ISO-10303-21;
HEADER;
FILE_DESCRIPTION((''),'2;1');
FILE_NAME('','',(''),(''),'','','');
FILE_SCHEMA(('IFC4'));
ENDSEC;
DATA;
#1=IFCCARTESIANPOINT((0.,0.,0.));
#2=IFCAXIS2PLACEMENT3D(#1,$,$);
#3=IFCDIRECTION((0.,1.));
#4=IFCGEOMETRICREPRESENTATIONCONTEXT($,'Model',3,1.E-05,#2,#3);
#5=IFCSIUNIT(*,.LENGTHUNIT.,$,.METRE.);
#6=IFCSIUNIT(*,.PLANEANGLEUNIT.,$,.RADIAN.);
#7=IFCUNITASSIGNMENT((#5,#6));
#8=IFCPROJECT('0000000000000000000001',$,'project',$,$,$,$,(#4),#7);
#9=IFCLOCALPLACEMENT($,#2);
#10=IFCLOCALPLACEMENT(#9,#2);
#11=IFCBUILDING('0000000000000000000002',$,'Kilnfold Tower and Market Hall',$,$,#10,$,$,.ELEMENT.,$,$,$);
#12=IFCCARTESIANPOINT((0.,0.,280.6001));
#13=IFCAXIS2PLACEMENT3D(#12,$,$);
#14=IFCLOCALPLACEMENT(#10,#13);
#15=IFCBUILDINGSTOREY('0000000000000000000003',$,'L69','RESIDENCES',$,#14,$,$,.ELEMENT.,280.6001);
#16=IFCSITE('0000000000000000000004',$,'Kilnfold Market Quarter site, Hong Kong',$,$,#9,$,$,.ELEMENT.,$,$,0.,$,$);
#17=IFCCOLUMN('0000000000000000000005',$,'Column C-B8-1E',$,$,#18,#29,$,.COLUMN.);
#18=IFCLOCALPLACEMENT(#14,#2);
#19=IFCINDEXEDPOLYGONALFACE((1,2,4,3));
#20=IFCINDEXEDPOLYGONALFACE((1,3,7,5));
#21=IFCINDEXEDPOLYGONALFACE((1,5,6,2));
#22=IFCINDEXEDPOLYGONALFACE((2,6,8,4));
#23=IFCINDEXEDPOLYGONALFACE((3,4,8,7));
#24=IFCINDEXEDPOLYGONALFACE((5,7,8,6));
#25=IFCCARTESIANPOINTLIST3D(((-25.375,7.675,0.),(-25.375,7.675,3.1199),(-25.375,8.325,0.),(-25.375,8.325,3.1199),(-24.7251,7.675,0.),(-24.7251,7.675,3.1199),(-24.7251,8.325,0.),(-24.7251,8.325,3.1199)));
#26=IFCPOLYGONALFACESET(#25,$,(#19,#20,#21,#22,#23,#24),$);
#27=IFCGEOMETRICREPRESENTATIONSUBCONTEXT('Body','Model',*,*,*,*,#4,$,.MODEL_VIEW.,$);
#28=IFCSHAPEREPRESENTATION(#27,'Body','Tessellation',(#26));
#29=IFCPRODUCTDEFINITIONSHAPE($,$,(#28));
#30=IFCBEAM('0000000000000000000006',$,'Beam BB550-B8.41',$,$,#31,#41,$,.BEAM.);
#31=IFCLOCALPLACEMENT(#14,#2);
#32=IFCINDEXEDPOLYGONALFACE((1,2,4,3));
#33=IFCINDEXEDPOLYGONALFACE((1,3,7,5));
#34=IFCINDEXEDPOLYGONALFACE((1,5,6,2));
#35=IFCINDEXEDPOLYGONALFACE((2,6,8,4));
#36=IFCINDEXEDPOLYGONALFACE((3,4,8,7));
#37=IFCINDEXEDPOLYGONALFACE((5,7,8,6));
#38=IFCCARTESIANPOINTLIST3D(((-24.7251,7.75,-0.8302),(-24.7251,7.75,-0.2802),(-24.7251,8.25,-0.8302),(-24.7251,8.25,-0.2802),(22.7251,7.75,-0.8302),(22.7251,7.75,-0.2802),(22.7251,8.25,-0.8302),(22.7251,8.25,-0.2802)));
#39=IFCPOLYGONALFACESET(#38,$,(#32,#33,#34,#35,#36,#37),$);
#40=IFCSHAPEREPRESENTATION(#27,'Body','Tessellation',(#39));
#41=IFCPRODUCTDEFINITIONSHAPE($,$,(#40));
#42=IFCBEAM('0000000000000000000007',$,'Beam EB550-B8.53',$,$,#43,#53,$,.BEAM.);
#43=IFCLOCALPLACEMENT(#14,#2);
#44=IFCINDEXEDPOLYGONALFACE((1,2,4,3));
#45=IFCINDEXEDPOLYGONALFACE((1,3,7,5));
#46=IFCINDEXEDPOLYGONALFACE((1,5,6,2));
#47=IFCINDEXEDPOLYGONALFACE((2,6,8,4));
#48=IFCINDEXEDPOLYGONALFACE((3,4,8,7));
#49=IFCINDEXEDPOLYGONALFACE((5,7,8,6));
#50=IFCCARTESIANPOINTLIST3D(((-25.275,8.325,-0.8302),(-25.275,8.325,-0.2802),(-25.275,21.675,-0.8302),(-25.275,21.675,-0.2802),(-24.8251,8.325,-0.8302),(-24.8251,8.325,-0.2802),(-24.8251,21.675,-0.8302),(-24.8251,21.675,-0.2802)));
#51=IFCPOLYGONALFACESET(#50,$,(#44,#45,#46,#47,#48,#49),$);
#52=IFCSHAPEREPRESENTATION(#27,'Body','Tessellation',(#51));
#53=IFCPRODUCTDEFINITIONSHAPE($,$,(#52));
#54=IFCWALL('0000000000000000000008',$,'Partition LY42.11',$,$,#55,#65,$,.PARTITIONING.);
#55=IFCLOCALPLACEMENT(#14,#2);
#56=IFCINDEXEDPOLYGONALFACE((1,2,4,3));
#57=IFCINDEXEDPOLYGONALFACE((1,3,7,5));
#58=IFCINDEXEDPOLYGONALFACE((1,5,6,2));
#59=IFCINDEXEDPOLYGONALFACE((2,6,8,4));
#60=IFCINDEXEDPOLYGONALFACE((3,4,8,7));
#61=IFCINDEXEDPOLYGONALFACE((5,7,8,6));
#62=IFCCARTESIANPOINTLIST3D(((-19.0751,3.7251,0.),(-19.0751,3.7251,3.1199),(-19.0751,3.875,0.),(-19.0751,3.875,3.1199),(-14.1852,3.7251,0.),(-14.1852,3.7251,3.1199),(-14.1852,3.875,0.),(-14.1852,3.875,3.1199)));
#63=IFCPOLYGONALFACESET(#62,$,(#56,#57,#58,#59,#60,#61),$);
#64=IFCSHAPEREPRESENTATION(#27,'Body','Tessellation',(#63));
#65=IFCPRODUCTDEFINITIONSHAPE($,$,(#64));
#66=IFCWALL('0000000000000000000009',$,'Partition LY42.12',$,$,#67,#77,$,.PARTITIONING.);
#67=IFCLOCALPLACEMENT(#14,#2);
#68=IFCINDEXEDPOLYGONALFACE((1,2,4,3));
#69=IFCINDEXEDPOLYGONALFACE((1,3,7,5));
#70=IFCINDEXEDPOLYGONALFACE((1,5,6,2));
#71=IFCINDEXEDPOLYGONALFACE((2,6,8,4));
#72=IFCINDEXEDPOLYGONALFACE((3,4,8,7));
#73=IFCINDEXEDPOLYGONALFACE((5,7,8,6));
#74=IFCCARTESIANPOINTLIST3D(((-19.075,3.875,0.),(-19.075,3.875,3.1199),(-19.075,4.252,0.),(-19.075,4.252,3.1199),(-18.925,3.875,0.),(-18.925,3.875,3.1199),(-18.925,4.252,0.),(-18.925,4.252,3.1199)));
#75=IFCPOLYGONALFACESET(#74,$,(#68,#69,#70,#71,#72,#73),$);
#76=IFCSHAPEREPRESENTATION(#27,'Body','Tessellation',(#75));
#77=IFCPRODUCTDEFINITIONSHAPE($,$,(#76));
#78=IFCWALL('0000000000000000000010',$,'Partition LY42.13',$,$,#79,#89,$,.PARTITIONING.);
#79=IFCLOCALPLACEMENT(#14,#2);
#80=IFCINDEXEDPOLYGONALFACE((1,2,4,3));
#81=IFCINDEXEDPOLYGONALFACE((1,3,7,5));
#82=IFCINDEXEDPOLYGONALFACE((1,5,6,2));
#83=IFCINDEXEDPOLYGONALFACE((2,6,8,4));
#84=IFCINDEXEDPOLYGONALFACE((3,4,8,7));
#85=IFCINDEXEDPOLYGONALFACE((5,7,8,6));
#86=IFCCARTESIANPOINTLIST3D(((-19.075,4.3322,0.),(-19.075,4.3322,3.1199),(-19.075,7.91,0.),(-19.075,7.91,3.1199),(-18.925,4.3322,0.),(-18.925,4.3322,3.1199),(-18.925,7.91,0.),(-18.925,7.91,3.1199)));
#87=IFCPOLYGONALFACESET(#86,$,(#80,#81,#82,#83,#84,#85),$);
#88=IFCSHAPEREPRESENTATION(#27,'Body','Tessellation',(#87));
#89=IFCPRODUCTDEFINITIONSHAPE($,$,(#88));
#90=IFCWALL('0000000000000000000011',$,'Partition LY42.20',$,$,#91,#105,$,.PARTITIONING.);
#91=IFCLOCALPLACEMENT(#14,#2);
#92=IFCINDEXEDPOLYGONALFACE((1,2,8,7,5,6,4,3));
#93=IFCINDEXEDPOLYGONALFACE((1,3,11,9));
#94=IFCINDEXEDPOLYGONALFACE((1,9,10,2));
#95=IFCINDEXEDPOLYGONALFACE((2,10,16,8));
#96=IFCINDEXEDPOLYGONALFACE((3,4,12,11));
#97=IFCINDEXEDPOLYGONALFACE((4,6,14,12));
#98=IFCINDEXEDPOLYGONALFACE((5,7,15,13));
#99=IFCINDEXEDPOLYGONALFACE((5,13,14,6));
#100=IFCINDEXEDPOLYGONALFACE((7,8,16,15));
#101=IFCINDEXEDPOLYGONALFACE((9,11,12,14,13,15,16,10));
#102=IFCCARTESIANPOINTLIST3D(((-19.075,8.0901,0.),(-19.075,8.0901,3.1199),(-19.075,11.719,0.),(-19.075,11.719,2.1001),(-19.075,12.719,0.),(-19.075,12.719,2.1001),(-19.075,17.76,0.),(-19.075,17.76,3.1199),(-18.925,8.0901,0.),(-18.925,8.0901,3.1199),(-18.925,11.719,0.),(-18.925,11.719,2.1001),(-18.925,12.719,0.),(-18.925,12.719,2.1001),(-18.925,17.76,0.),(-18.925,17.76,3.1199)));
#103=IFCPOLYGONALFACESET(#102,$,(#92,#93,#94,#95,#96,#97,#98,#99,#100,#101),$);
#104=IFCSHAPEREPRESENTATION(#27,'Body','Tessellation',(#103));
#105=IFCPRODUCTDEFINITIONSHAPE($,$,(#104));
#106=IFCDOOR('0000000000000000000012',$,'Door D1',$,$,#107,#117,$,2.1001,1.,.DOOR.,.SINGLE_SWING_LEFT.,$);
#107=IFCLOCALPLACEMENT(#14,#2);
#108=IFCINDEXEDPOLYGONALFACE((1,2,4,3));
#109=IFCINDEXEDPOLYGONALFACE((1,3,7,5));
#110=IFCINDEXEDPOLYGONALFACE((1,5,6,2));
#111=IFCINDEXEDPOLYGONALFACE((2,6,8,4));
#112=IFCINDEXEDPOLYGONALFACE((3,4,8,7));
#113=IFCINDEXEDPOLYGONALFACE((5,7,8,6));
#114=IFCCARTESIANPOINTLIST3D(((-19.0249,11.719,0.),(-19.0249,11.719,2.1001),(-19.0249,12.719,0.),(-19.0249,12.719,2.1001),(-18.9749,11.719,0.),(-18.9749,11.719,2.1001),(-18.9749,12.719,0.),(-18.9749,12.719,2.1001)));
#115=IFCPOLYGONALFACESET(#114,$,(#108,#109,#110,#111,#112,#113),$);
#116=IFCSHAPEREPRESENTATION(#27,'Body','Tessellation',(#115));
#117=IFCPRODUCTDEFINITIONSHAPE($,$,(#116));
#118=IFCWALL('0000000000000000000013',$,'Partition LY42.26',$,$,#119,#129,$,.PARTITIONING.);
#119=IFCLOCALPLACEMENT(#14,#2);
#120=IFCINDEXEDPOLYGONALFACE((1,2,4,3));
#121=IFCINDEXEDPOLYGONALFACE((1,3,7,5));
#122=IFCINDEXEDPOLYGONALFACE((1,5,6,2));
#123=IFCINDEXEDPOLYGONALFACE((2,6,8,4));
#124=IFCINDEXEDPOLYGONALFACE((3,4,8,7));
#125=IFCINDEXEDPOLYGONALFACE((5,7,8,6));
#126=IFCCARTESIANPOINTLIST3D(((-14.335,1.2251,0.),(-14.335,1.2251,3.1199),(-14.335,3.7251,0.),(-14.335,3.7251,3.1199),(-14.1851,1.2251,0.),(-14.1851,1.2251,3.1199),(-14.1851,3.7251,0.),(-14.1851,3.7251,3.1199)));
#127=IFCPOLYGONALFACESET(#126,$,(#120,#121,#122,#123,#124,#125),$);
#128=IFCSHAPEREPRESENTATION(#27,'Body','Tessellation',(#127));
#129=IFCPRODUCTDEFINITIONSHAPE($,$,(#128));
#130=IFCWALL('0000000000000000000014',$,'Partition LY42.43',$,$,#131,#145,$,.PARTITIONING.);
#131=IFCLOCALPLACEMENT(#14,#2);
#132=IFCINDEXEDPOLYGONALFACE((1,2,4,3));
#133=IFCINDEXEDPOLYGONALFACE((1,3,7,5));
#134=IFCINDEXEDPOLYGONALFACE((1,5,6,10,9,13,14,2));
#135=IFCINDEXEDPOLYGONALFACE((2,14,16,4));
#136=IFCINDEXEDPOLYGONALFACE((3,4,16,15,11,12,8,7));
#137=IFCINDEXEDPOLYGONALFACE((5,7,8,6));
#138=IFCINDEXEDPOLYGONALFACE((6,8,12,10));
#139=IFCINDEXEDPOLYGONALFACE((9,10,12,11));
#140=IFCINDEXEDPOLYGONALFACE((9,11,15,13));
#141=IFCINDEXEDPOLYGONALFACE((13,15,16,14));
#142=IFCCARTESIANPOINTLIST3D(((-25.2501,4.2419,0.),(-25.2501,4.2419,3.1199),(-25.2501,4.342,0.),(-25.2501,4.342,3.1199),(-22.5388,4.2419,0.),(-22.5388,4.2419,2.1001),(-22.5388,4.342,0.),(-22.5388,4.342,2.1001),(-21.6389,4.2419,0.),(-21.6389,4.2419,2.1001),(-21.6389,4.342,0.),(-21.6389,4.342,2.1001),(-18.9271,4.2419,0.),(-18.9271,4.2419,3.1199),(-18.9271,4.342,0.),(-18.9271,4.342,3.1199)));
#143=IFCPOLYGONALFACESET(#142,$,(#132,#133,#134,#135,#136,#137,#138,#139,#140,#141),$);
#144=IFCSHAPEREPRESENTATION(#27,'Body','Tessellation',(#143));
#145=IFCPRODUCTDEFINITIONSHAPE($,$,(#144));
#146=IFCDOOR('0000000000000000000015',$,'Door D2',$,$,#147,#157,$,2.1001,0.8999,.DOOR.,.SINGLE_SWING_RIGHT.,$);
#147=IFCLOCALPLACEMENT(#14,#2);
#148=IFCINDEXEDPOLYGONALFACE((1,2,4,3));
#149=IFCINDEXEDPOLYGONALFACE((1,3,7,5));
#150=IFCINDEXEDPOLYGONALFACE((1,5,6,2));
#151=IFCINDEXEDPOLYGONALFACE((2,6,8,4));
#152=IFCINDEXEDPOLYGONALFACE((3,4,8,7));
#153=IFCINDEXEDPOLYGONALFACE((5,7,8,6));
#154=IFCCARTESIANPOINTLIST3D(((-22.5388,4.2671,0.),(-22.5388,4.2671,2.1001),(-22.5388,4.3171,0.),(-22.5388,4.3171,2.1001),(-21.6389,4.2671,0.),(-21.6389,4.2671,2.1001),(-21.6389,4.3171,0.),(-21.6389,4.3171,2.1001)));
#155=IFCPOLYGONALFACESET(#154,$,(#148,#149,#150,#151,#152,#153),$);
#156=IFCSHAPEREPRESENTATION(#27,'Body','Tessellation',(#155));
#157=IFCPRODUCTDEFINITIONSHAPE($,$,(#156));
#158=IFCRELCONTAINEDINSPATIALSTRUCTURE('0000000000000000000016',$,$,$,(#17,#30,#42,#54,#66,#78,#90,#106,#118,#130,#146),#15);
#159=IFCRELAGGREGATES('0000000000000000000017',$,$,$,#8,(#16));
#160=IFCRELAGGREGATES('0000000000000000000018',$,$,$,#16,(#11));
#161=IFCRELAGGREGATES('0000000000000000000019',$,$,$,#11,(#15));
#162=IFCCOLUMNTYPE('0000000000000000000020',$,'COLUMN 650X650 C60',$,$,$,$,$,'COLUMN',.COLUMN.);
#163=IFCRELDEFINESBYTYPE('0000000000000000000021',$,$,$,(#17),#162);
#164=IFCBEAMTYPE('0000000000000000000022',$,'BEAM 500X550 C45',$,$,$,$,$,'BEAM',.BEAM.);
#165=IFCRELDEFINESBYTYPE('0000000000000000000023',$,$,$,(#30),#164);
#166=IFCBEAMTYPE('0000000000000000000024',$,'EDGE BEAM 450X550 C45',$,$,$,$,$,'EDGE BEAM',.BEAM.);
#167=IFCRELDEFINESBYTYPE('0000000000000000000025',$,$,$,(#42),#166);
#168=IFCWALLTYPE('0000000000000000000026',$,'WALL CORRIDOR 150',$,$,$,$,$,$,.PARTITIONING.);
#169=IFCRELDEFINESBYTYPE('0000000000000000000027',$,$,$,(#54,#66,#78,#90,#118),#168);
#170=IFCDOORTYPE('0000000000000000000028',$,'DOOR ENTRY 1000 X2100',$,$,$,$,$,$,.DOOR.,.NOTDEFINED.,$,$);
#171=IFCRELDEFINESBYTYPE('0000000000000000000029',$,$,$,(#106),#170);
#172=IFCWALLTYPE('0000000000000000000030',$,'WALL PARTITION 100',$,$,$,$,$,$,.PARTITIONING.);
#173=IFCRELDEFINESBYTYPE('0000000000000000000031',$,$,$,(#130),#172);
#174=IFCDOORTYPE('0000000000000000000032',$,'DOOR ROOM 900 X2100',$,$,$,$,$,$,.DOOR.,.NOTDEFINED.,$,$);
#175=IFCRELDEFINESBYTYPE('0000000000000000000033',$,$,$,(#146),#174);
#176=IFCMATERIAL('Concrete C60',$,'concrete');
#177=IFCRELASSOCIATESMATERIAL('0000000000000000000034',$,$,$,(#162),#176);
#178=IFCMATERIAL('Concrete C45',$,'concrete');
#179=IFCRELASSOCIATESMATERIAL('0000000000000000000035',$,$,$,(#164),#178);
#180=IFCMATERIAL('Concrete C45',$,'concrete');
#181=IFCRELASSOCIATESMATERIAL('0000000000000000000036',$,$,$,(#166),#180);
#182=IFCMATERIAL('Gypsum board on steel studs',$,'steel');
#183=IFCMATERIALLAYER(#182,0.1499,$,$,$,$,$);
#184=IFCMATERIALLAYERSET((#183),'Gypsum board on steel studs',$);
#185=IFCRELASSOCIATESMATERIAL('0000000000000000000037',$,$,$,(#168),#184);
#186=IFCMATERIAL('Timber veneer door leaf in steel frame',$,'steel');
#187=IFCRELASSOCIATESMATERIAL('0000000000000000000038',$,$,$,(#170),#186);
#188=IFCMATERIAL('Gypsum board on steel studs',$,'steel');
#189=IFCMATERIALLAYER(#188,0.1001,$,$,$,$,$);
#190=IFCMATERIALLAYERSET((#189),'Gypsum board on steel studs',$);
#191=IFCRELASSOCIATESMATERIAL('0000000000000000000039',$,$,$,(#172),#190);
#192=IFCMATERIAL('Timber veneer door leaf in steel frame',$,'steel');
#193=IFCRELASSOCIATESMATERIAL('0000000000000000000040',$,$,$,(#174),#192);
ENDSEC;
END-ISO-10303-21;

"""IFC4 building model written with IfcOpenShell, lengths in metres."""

from ifc_helpers import new_model, si_unit, direction, frame, frame_2d, origin, origin_2d, place, context, subcontext, project, spatial, rectangle, extrude, source, transform, mapped, material, layer, layer_set, material_profile, profile_set, type_object, element, fill, save


model = new_model("IFC4")

# Units and contexts
model_context = context("Model", 3, precision=1e-05, world=origin(), true_north=direction((0.0, 1.0)))
body_context = subcontext(model_context, "Body", "Model", "MODEL_VIEW")
ifc_project = project(units=[si_unit("LENGTHUNIT", "METRE"), si_unit("PLANEANGLEUNIT", "RADIAN")], contexts=[model_context])

# Site, building, storey
site_placement = place(None, origin())
site = spatial("IfcSite", under=ifc_project, at=site_placement, Name="Kilnfold Market Quarter site, Hong Kong", CompositionType="ELEMENT", RefElevation=0.0)
building_placement = place(site_placement, origin())
building = spatial("IfcBuilding", under=site, at=building_placement, Name="Kilnfold Tower and Market Hall", CompositionType="ELEMENT")
storey_placement = place(building_placement, frame((0.0, 0.0, 280.6001)))
storey = spatial("IfcBuildingStorey", under=building, at=storey_placement, Name="L69", Description="RESIDENCES", CompositionType="ELEMENT", Elevation=280.6001)

# Column
ifc_material_1 = material(Name="Concrete C60", Category="concrete")
ifc_material_profile_1 = material_profile(ifc_material_1, rectangle(XDim=0.6499, YDim=0.6499, at=origin_2d()), Name="RC 650x650")
ifc_profile_set_1 = profile_set([ifc_material_profile_1], Name="Concrete C60")
column_type = type_object("IfcColumnType", Name="COLUMN 650X650 C60", ElementType="COLUMN", PredefinedType="COLUMN", material=ifc_profile_set_1)
shared_shape_1 = source(origin(), body_context, "Body", "SweptSolid", [
    extrude(rectangle(XDim=0.6499, YDim=0.6499, at=origin_2d()), origin(), (0.0, 0.0, 1.0), 3.1199),
])
column_placement = place(storey_placement, frame((-25.05, 8.0, 0.0), z_axis=(0.0, 0.0, 1.0), x_axis=(1.0, 0.0, 0.0)))
element("IfcColumn", 1, at=column_placement, inside=storey, type_object=column_type, Name="Column C-B8-1E", PredefinedType="COLUMN", context=body_context, shape_type="MappedRepresentation", body=[
    mapped(shared_shape_1, transform((0.0, 0.0, 0.0))),
])

# Beams
ifc_material_2 = material(Name="Concrete C45", Category="concrete")
ifc_material_profile_2 = material_profile(ifc_material_2, rectangle(XDim=0.5, YDim=0.55, at=origin_2d()), Name="RC 500x550")
ifc_profile_set_2 = profile_set([ifc_material_profile_2], Name="Concrete C45")
beam_type_1 = type_object("IfcBeamType", Name="BEAM 500X550 C45", ElementType="BEAM", PredefinedType="BEAM", material=ifc_profile_set_2)
shared_shape_2 = source(origin(), body_context, "Body", "SweptSolid", [
    extrude(rectangle(XDim=0.5, YDim=0.55, at=origin_2d()), origin(), (0.0, 0.0, 1.0), 47.4502),
])
beam_1_placement = place(storey_placement, frame((-24.7251, 8.0, -0.5552), z_axis=(1.0, 0.0, 0.0), x_axis=(0.0, 1.0, 0.0)))
element("IfcBeam", 2, at=beam_1_placement, inside=storey, type_object=beam_type_1, Name="Beam BB550-B8.41", PredefinedType="BEAM", context=body_context, shape_type="MappedRepresentation", body=[
    mapped(shared_shape_2, transform((0.0, 0.0, 0.0))),
])
ifc_material_3 = material(Name="Concrete C45", Category="concrete")
ifc_material_profile_3 = material_profile(ifc_material_3, rectangle(XDim=0.45, YDim=0.55, at=origin_2d()), Name="RC 450x550")
ifc_profile_set_3 = profile_set([ifc_material_profile_3], Name="Concrete C45")
beam_type_2 = type_object("IfcBeamType", Name="EDGE BEAM 450X550 C45", ElementType="EDGE BEAM", PredefinedType="BEAM", material=ifc_profile_set_3)
shared_shape_3 = source(origin(), body_context, "Body", "SweptSolid", [
    extrude(rectangle(XDim=0.45, YDim=0.55, at=origin_2d()), origin(), (0.0, 0.0, 1.0), 13.3501),
])
beam_2_placement = place(storey_placement, frame((-25.05, 8.325, -0.5552), z_axis=(0.0, 1.0, 0.0), x_axis=(-1.0, 0.0, 0.0)))
element("IfcBeam", 3, at=beam_2_placement, inside=storey, type_object=beam_type_2, Name="Beam EB550-B8.53", PredefinedType="BEAM", context=body_context, shape_type="MappedRepresentation", body=[
    mapped(shared_shape_3, transform((0.0, 0.0, 0.0))),
])

# Walls
ifc_material_4 = material(Name="Gypsum board on steel studs", Category="steel")
ifc_layer_1 = layer(ifc_material_4, 0.1499)
ifc_layer_set_1 = layer_set([ifc_layer_1], Name="Gypsum board on steel studs")
wall_type_1 = type_object("IfcWallType", Name="WALL CORRIDOR 150", PredefinedType="PARTITIONING", material=ifc_layer_set_1)
wall_1_placement = place(storey_placement, frame((-19.075, 3.8, 0.0), z_axis=(0.0, 0.0, 1.0), x_axis=(1.0, 0.0, 0.0)))
element("IfcWall", 4, at=wall_1_placement, inside=storey, type_object=wall_type_1, Name="Partition LY42.11", PredefinedType="PARTITIONING", context=body_context, shape_type="SweptSolid", body=[
    extrude(rectangle(XDim=4.8899, YDim=0.1499, at=frame_2d((2.4448, 0.0))), origin(), (0.0, 0.0, 1.0), 3.1199),
])
wall_2_placement = place(storey_placement, frame((-19.0, 3.875, 0.0), z_axis=(0.0, 0.0, 1.0), x_axis=(0.0, 1.0, 0.0)))
element("IfcWall", 5, at=wall_2_placement, inside=storey, type_object=wall_type_1, Name="Partition LY42.12", PredefinedType="PARTITIONING", context=body_context, shape_type="SweptSolid", body=[
    extrude(rectangle(XDim=0.377, YDim=0.1499, at=frame_2d((0.1885, 0.0))), origin(), (0.0, 0.0, 1.0), 3.1199),
])
wall_3_placement = place(storey_placement, frame((-19.0, 4.332, 0.0), z_axis=(0.0, 0.0, 1.0), x_axis=(0.0, 1.0, 0.0)))
element("IfcWall", 6, at=wall_3_placement, inside=storey, type_object=wall_type_1, Name="Partition LY42.13", PredefinedType="PARTITIONING", context=body_context, shape_type="SweptSolid", body=[
    extrude(rectangle(XDim=3.5779, YDim=0.1499, at=frame_2d((1.7891, 0.0))), origin(), (0.0, 0.0, 1.0), 3.1199),
])

# Wall, opening, door
wall_4_placement = place(storey_placement, frame((-19.0, 8.0901, 0.0), z_axis=(0.0, 0.0, 1.0), x_axis=(0.0, 1.0, 0.0)))
wall_4 = element("IfcWall", 7, at=wall_4_placement, inside=storey, type_object=wall_type_1, Name="Partition LY42.20", PredefinedType="PARTITIONING", context=body_context, shape_type="SweptSolid", body=[
    extrude(rectangle(XDim=9.6699, YDim=0.1499, at=frame_2d((4.835, 0.0))), origin(), (0.0, 0.0, 1.0), 3.1199),
])
opening_1_placement = place(wall_4_placement, frame((3.6289, 0.0, 0.0)))
opening_1 = element("IfcOpeningElement", 8, at=opening_1_placement, cuts=wall_4, PredefinedType="OPENING", context=body_context, shape_type="SweptSolid", body=[
    extrude(rectangle(XDim=1.0, YDim=2.1001, at=frame_2d((0.5, 1.05))), frame((0.0, 0.085, 0.0), z_axis=(0.0, -1.0, 0.0), x_axis=(1.0, 0.0, 0.0)), (0.0, 0.0, 1.0), 0.1699),
])
ifc_material_5 = material(Name="Timber veneer door leaf in steel frame", Category="steel")
door_type_1 = type_object("IfcDoorType", Name="DOOR ENTRY 1000 X2100", OperationType="NOTDEFINED", PredefinedType="DOOR", material=ifc_material_5)
door_1_placement = place(opening_1_placement, origin())
door_1 = element("IfcDoor", 9, at=door_1_placement, inside=storey, type_object=door_type_1, Name="Door D1", OperationType="SINGLE_SWING_LEFT", OverallHeight=2.1001, OverallWidth=1.0, PredefinedType="DOOR", context=body_context, shape_type="SweptSolid", body=[
    extrude(rectangle(XDim=1.0, YDim=2.1001, at=frame_2d((0.5, 1.05))), frame((0.0, 0.0249, 0.0), z_axis=(0.0, -1.0, 0.0), x_axis=(1.0, 0.0, 0.0)), (0.0, 0.0, 1.0), 0.05),
])
fill(opening_1, door_1)

# Wall
wall_5_placement = place(storey_placement, frame((-14.26, 3.7251, 0.0), z_axis=(0.0, 0.0, 1.0), x_axis=(0.0, -1.0, 0.0)))
element("IfcWall", 10, at=wall_5_placement, inside=storey, type_object=wall_type_1, Name="Partition LY42.26", PredefinedType="PARTITIONING", context=body_context, shape_type="SweptSolid", body=[
    extrude(rectangle(XDim=2.5, YDim=0.1499, at=frame_2d((1.25, 0.0))), origin(), (0.0, 0.0, 1.0), 3.1199),
])

# Wall, opening, door
ifc_material_6 = material(Name="Gypsum board on steel studs", Category="steel")
ifc_layer_2 = layer(ifc_material_6, 0.1001)
ifc_layer_set_2 = layer_set([ifc_layer_2], Name="Gypsum board on steel studs")
wall_type_2 = type_object("IfcWallType", Name="WALL PARTITION 100", PredefinedType="PARTITIONING", material=ifc_layer_set_2)
wall_6_placement = place(storey_placement, frame((-18.927, 4.292, 0.0), z_axis=(0.0, 0.0, 1.0), x_axis=(-1.0, 0.0, 0.0)))
wall_6 = element("IfcWall", 11, at=wall_6_placement, inside=storey, type_object=wall_type_2, Name="Partition LY42.43", PredefinedType="PARTITIONING", context=body_context, shape_type="SweptSolid", body=[
    extrude(rectangle(XDim=6.323, YDim=0.1001, at=frame_2d((3.1616, 0.0))), origin(), (0.0, 0.0, 1.0), 3.1199),
])
opening_2_placement = place(wall_6_placement, frame((2.7119, 0.0, 0.0)))
opening_2 = element("IfcOpeningElement", 12, at=opening_2_placement, cuts=wall_6, PredefinedType="OPENING", context=body_context, shape_type="SweptSolid", body=[
    extrude(rectangle(XDim=0.8999, YDim=2.1001, at=frame_2d((0.45, 1.05))), frame((0.0, 0.0601, 0.0), z_axis=(0.0, -1.0, 0.0), x_axis=(1.0, 0.0, 0.0)), (0.0, 0.0, 1.0), 0.1201),
])
ifc_material_7 = material(Name="Timber veneer door leaf in steel frame", Category="steel")
door_type_2 = type_object("IfcDoorType", Name="DOOR ROOM 900 X2100", OperationType="NOTDEFINED", PredefinedType="DOOR", material=ifc_material_7)
door_2_placement = place(opening_2_placement, origin())
door_2 = element("IfcDoor", 13, at=door_2_placement, inside=storey, type_object=door_type_2, Name="Door D2", OperationType="SINGLE_SWING_RIGHT", OverallHeight=2.1001, OverallWidth=0.8999, PredefinedType="DOOR", context=body_context, shape_type="SweptSolid", body=[
    extrude(rectangle(XDim=0.8999, YDim=2.1001, at=frame_2d((0.45, 1.05))), frame((0.0, 0.0249, 0.0), z_axis=(0.0, -1.0, 0.0), x_axis=(1.0, 0.0, 0.0)), (0.0, 0.0, 1.0), 0.05),
])
fill(opening_2, door_2)

save(model, "model.ifc")
